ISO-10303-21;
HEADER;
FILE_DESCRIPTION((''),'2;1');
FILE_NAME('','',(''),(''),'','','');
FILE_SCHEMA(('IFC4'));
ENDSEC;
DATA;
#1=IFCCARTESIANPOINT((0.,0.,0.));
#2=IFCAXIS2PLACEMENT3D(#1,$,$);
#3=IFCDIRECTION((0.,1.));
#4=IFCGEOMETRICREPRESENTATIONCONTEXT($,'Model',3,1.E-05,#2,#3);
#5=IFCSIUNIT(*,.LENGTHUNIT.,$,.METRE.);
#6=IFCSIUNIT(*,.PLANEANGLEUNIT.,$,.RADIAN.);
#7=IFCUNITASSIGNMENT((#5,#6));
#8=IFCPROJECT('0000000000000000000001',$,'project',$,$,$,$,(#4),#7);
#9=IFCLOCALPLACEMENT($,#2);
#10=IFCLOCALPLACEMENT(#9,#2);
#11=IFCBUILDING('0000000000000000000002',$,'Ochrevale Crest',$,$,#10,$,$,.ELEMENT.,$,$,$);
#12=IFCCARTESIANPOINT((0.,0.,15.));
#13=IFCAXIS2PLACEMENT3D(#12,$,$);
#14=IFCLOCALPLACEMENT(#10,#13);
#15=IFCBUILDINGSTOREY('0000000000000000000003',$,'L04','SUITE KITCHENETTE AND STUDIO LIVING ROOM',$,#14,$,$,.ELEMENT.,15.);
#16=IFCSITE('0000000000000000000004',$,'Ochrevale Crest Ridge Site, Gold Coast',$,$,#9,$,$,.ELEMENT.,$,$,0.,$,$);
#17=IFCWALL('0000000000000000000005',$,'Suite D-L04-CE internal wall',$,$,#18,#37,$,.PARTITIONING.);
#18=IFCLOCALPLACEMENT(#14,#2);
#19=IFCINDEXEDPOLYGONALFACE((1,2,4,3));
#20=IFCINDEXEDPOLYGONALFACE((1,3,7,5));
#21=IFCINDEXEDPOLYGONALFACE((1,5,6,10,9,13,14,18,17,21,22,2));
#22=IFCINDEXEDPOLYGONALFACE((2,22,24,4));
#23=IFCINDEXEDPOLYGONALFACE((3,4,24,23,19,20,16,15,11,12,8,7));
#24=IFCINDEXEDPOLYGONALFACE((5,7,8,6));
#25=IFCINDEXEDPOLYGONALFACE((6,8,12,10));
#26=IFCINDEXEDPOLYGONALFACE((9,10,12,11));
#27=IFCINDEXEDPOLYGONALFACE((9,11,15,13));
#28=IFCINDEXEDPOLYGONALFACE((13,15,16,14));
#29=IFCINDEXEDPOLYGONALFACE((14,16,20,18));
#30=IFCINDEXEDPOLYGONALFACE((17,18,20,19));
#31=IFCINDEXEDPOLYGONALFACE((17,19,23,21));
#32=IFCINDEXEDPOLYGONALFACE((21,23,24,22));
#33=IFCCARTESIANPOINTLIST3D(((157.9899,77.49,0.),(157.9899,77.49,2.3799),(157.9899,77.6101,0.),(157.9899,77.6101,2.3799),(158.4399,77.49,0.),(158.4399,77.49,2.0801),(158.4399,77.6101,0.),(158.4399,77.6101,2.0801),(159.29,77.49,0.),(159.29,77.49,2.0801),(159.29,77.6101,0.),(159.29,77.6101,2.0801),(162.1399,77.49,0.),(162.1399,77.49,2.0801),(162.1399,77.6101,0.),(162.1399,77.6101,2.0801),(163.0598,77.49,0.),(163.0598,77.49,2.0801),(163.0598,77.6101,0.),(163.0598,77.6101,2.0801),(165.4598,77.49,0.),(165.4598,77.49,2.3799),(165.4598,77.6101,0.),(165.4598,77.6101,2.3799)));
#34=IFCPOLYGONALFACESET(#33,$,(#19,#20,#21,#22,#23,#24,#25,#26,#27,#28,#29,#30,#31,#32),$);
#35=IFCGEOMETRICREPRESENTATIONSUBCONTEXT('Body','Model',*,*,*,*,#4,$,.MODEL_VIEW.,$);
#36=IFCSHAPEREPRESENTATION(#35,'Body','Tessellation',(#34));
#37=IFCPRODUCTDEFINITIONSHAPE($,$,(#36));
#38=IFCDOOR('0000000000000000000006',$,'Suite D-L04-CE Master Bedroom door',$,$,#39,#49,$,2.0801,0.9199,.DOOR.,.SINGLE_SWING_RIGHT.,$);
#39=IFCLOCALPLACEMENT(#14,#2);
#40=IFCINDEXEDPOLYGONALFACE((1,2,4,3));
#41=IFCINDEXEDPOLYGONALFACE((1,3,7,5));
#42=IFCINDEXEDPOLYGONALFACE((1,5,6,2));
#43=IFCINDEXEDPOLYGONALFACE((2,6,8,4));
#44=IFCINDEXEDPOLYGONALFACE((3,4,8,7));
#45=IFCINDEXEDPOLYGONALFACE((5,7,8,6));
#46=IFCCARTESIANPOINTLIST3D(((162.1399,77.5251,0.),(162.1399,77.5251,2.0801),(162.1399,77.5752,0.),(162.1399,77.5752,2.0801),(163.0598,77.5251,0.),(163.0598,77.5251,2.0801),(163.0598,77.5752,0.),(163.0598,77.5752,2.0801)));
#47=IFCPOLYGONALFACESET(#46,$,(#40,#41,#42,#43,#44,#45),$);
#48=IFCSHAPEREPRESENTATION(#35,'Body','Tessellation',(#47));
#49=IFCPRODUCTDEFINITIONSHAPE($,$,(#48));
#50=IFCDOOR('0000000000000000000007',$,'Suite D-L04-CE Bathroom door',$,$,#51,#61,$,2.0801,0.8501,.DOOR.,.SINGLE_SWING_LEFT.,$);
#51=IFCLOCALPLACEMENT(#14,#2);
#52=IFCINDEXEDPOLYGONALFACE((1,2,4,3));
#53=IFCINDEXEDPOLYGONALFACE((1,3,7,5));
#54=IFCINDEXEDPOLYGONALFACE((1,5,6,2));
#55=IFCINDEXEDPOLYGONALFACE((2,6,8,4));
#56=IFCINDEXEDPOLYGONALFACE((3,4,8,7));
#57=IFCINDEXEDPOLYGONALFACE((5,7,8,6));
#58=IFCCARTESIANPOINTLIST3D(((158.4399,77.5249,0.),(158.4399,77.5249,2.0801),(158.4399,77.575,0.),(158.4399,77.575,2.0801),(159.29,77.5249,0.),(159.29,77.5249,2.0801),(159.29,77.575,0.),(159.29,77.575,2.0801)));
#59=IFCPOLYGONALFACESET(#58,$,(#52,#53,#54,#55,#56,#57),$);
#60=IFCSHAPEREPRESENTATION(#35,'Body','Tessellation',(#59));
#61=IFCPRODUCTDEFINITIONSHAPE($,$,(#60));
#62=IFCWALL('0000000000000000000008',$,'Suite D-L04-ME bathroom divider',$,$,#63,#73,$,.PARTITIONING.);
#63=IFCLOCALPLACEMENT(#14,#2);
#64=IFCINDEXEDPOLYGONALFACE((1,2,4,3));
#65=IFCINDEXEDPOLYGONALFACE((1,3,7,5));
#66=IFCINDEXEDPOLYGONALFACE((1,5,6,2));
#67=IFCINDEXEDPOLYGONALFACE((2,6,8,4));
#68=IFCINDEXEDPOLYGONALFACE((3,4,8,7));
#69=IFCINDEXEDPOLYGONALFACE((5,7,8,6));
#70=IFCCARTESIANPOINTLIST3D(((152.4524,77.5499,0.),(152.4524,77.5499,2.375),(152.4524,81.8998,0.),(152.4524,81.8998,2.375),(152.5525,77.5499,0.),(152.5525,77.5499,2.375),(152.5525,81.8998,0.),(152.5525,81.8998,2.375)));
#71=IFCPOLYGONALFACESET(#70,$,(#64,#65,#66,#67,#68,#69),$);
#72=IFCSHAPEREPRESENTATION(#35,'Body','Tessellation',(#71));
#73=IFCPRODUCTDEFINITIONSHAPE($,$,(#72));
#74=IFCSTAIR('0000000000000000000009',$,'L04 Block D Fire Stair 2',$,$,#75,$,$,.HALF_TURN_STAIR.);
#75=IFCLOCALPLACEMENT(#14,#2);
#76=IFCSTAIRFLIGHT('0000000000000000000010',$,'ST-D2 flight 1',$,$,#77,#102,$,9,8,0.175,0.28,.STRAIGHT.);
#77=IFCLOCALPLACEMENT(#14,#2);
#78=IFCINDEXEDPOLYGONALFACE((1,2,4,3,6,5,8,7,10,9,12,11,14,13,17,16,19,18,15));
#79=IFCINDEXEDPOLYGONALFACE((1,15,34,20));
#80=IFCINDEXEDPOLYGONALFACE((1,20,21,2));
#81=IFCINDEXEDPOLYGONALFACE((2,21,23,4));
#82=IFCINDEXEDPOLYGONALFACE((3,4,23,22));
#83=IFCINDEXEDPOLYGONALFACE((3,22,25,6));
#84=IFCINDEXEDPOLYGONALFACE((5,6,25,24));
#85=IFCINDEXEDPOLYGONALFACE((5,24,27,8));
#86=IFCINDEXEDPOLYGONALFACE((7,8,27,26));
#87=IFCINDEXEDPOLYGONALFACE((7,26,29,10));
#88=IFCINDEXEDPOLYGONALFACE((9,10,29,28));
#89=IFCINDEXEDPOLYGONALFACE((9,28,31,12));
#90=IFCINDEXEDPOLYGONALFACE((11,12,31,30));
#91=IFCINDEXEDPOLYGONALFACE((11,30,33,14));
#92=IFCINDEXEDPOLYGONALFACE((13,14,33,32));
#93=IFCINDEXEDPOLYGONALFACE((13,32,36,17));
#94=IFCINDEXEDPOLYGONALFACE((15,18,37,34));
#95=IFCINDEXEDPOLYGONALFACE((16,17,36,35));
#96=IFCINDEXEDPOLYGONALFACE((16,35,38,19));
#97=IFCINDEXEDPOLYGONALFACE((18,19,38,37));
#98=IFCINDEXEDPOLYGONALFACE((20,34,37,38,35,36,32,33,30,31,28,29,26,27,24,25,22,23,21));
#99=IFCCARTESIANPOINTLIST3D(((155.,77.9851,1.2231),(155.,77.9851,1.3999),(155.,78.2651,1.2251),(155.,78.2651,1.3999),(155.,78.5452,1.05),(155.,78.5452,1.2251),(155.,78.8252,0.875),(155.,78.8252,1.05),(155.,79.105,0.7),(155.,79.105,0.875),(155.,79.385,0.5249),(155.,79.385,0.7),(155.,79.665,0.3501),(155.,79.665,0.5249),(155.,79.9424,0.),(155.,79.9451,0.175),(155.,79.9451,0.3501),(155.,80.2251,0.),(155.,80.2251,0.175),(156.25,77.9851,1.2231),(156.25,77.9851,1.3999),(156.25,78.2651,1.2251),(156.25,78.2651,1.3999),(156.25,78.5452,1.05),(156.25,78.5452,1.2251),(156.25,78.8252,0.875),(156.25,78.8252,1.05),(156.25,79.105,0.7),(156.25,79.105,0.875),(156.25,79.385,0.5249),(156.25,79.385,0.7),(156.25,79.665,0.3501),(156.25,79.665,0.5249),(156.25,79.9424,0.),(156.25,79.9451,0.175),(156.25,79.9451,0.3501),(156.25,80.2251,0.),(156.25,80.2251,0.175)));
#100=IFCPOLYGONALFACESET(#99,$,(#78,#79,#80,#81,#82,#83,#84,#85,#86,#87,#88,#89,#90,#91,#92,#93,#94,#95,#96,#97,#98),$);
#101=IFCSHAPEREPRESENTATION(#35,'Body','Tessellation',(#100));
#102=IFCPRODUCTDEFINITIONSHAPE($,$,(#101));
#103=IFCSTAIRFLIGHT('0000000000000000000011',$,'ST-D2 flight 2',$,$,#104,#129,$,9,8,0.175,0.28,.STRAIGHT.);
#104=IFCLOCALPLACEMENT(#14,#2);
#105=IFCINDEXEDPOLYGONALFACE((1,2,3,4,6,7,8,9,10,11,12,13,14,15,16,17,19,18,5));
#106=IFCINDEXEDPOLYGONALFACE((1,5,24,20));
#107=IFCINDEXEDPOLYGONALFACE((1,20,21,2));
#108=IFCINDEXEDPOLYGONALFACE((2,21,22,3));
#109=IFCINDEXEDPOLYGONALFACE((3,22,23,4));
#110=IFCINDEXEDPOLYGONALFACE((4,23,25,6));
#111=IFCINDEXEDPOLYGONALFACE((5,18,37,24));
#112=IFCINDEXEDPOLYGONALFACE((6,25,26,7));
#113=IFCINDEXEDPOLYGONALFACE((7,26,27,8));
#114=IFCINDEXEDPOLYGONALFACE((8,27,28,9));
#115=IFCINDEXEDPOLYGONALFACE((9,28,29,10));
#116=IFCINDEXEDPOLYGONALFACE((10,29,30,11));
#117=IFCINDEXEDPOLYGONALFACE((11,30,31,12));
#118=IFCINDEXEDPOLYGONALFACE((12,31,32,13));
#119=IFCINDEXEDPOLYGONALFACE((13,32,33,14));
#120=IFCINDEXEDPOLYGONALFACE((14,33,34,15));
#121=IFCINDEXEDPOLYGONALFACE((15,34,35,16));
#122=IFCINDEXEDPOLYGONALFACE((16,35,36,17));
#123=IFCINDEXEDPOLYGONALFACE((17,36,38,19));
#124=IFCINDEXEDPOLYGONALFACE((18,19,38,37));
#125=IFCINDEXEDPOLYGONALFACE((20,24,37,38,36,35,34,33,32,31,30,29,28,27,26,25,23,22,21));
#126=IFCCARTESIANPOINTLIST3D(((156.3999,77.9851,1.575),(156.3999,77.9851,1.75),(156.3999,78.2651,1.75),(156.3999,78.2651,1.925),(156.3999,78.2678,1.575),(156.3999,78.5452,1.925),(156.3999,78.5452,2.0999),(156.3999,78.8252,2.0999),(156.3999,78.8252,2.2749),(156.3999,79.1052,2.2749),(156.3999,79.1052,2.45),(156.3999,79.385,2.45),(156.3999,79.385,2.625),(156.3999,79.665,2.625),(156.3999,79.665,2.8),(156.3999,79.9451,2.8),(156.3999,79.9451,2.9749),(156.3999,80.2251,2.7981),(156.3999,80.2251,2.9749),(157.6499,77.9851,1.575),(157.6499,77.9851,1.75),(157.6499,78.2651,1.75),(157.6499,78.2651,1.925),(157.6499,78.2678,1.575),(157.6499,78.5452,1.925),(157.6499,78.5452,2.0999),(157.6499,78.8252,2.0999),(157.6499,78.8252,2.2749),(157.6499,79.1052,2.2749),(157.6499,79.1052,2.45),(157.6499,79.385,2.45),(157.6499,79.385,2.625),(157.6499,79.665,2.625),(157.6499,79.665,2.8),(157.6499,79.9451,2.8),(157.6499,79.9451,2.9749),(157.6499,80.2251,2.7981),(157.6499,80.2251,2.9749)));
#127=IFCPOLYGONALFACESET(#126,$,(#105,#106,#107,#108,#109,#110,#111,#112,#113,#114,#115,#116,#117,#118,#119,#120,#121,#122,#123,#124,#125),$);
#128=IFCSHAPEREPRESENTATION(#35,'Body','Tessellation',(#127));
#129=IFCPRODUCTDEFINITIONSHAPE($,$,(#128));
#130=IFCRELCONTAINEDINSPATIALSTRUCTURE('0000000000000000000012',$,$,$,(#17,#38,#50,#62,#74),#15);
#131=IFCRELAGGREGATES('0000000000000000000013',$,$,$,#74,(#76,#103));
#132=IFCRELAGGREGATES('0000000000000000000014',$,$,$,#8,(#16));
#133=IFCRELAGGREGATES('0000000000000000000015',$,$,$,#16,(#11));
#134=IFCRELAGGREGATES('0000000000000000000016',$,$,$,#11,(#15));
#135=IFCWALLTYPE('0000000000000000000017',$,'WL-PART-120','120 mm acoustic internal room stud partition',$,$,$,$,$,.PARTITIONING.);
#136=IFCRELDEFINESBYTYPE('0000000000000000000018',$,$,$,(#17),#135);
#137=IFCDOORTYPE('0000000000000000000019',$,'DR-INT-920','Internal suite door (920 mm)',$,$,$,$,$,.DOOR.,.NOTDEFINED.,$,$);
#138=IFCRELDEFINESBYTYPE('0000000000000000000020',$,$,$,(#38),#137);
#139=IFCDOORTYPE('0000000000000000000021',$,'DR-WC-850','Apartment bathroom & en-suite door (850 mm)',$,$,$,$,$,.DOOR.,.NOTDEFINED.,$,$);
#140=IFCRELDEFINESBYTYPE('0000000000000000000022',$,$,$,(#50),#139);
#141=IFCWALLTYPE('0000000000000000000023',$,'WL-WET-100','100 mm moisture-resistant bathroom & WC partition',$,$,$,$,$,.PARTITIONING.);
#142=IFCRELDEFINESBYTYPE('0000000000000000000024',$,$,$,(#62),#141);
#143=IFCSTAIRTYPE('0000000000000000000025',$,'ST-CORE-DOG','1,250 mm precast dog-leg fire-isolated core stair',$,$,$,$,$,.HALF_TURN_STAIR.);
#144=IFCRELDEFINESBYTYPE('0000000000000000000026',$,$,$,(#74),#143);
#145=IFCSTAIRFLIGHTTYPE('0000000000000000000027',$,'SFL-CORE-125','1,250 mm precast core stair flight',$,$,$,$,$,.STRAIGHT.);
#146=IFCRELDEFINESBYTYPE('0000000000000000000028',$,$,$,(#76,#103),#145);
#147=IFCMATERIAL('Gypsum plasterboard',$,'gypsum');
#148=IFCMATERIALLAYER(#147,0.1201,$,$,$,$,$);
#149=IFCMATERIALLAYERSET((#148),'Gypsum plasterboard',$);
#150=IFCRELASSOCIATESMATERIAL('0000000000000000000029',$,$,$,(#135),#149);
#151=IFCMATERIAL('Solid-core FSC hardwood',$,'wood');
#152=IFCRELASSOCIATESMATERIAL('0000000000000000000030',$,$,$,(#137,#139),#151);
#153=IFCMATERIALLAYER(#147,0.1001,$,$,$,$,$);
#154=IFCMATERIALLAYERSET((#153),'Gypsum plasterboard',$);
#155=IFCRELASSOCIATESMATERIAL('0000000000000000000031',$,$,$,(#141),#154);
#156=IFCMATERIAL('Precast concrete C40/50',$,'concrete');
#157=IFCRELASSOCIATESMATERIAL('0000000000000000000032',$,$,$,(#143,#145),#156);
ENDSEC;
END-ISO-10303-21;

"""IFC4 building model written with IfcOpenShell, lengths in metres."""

from ifc_helpers import new_model, si_unit, direction, frame, frame_2d, origin, place, context, subcontext, project, spatial, polyline, rectangle, outline, extrude, material, layer, layer_set, type_object, element, fill, aggregate, save


model = new_model("IFC4")

# Units and contexts
model_context = context("Model", 3, precision=1e-05, world=origin(), true_north=direction((0.0, 1.0)))
body_context = subcontext(model_context, "Body", "Model", "MODEL_VIEW")
ifc_project = project(units=[si_unit("LENGTHUNIT", "METRE"), si_unit("PLANEANGLEUNIT", "RADIAN")], contexts=[model_context])

# Site, building, storey
site_placement = place(None, origin())
site = spatial("IfcSite", under=ifc_project, at=site_placement, Name="Ochrevale Crest Ridge Site, Gold Coast", CompositionType="ELEMENT", RefElevation=0.0)
building_placement = place(site_placement, origin())
building = spatial("IfcBuilding", under=site, at=building_placement, Name="Ochrevale Crest", CompositionType="ELEMENT")
storey_placement = place(building_placement, frame((0.0, 0.0, 15.0)))
storey = spatial("IfcBuildingStorey", under=building, at=storey_placement, Name="L04", Description="SUITE KITCHENETTE AND STUDIO LIVING ROOM", CompositionType="ELEMENT", Elevation=15.0)

# Shared definitions
ifc_material_1 = material(Name="Precast concrete C40/50", Category="concrete")

# Wall, openings, doors
ifc_material_2 = material(Name="Gypsum plasterboard", Category="gypsum")
ifc_layer_1 = layer(ifc_material_2, 0.1201)
ifc_layer_set_1 = layer_set([ifc_layer_1], Name="Gypsum plasterboard")
wall_type_1 = type_object("IfcWallType", Name="WL-PART-120", Description="120 mm acoustic internal room stud partition", PredefinedType="PARTITIONING", material=ifc_layer_set_1)
wall_1_placement = place(storey_placement, frame((157.99, 77.55, 0.0), z_axis=(0.0, 0.0, 1.0), x_axis=(1.0, 0.0, 0.0)))
wall_1 = element("IfcWall", 1, at=wall_1_placement, inside=storey, type_object=wall_type_1, Name="Suite D-L04-CE internal wall", PredefinedType="PARTITIONING", context=body_context, shape_type="SweptSolid", body=[
    extrude(rectangle(XDim=7.47, YDim=0.1201, at=frame_2d((3.7349, 0.0))), origin(), (0.0, 0.0, 1.0), 2.3799),
])
opening_1_placement = place(wall_1_placement, frame((0.45, 0.0, 0.0)))
opening_1 = element("IfcOpeningElement", 2, at=opening_1_placement, cuts=wall_1, PredefinedType="OPENING", context=body_context, shape_type="SweptSolid", body=[
    extrude(rectangle(XDim=0.8501, YDim=2.0801, at=frame_2d((0.425, 1.04))), frame((0.0, 0.0701, 0.0), z_axis=(0.0, -1.0, 0.0), x_axis=(1.0, 0.0, 0.0)), (0.0, 0.0, 1.0), 0.1401),
])
opening_2_placement = place(wall_1_placement, frame((5.0698, 0.0, 0.0), z_axis=(0.0, 0.0, 1.0), x_axis=(-1.0, 0.0, 0.0)))
opening_2 = element("IfcOpeningElement", 3, at=opening_2_placement, cuts=wall_1, PredefinedType="OPENING", context=body_context, shape_type="SweptSolid", body=[
    extrude(rectangle(XDim=0.9199, YDim=2.0801, at=frame_2d((0.46, 1.04))), frame((0.0, 0.0701, 0.0), z_axis=(0.0, -1.0, 0.0), x_axis=(1.0, 0.0, 0.0)), (0.0, 0.0, 1.0), 0.1401),
])
ifc_material_3 = material(Name="Solid-core FSC hardwood", Category="wood")
door_type_1 = type_object("IfcDoorType", Name="DR-INT-920", Description="Internal suite door (920 mm)", OperationType="NOTDEFINED", PredefinedType="DOOR", material=ifc_material_3)
door_1_placement = place(opening_2_placement, origin())
door_1 = element("IfcDoor", 4, at=door_1_placement, inside=storey, type_object=door_type_1, Name="Suite D-L04-CE Master Bedroom door", OperationType="SINGLE_SWING_RIGHT", OverallHeight=2.0801, OverallWidth=0.9199, PredefinedType="DOOR", context=body_context, shape_type="SweptSolid", body=[
    extrude(rectangle(XDim=0.9199, YDim=2.0801, at=frame_2d((0.46, 1.04))), frame((0.0, 0.0249, 0.0), z_axis=(0.0, -1.0, 0.0), x_axis=(1.0, 0.0, 0.0)), (0.0, 0.0, 1.0), 0.05),
])
fill(opening_2, door_1)
door_type_2 = type_object("IfcDoorType", Name="DR-WC-850", Description="Apartment bathroom & en-suite door (850 mm)", OperationType="NOTDEFINED", PredefinedType="DOOR", material=ifc_material_3)
door_2_placement = place(opening_1_placement, origin())
door_2 = element("IfcDoor", 5, at=door_2_placement, inside=storey, type_object=door_type_2, Name="Suite D-L04-CE Bathroom door", OperationType="SINGLE_SWING_LEFT", OverallHeight=2.0801, OverallWidth=0.8501, PredefinedType="DOOR", context=body_context, shape_type="SweptSolid", body=[
    extrude(rectangle(XDim=0.8501, YDim=2.0801, at=frame_2d((0.425, 1.04))), frame((0.0, 0.0249, 0.0), z_axis=(0.0, -1.0, 0.0), x_axis=(1.0, 0.0, 0.0)), (0.0, 0.0, 1.0), 0.05),
])
fill(opening_1, door_2)

# Wall
ifc_layer_2 = layer(ifc_material_2, 0.1001)
ifc_layer_set_2 = layer_set([ifc_layer_2], Name="Gypsum plasterboard")
wall_type_2 = type_object("IfcWallType", Name="WL-WET-100", Description="100 mm moisture-resistant bathroom & WC partition", PredefinedType="PARTITIONING", material=ifc_layer_set_2)
wall_2_placement = place(storey_placement, frame((152.5024, 77.55, 0.0), z_axis=(0.0, 0.0, 1.0), x_axis=(0.0, 1.0, 0.0)))
element("IfcWall", 6, at=wall_2_placement, inside=storey, type_object=wall_type_2, Name="Suite D-L04-ME bathroom divider", PredefinedType="PARTITIONING", context=body_context, shape_type="SweptSolid", body=[
    extrude(rectangle(XDim=4.3499, YDim=0.1001, at=frame_2d((2.1748, 0.0))), origin(), (0.0, 0.0, 1.0), 2.375),
])

# Stair, stair flights
stair_type = type_object("IfcStairType", Name="ST-CORE-DOG", Description="1,250 mm precast dog-leg fire-isolated core stair", PredefinedType="HALF_TURN_STAIR", material=ifc_material_1)
stair_placement = place(storey_placement, origin())
stair = element("IfcStair", 7, at=stair_placement, inside=storey, type_object=stair_type, Name="L04 Block D Fire Stair 2", PredefinedType="HALF_TURN_STAIR")
stair_flight_type = type_object("IfcStairFlightType", Name="SFL-CORE-125", Description="1,250 mm precast core stair flight", PredefinedType="STRAIGHT", material=ifc_material_1)
stair_flight_1_placement = place(storey_placement, frame((155.625, 80.2251, 0.0), z_axis=(0.0, 0.0, 1.0), x_axis=(0.0, -1.0, 0.0)))
stair_flight_1 = element("IfcStairFlight", 8, at=stair_flight_1_placement, type_object=stair_flight_type, Name="ST-D2 flight 1", NumberOfRisers=9, NumberOfTreads=8, PredefinedType="STRAIGHT", RiserHeight=0.175, TreadLength=0.28, context=body_context, shape_type="SweptSolid", body=[
    extrude(outline(polyline([(0.0, 0.0), (0.0, 0.175), (0.28, 0.175), (0.28, 0.3501), (0.5601, 0.3501), (0.5601, 0.5249), (0.8401, 0.5249), (0.8401, 0.7), (1.1201, 0.7), (1.1201, 0.875), (1.3999, 0.875), (1.3999, 1.05), (1.6799, 1.05), (1.6799, 1.2251), (1.96, 1.2251), (1.96, 1.3999), (2.24, 1.3999), (2.24, 1.575), (2.24, 1.2231), (0.2827, 0.0), (0.0, 0.0)])), frame((0.0, 0.625, 0.0), z_axis=(0.0, -1.0, 0.0), x_axis=(1.0, 0.0, 0.0)), (0.0, 0.0, 1.0), 1.25),
])
stair_flight_2_placement = place(storey_placement, frame((157.0249, 77.9851, 1.575), z_axis=(0.0, 0.0, 1.0), x_axis=(0.0, 1.0, 0.0)))
stair_flight_2 = element("IfcStairFlight", 9, at=stair_flight_2_placement, type_object=stair_flight_type, Name="ST-D2 flight 2", NumberOfRisers=9, NumberOfTreads=8, PredefinedType="STRAIGHT", RiserHeight=0.175, TreadLength=0.28, context=body_context, shape_type="SweptSolid", body=[
    extrude(outline(polyline([(0.0, 0.0), (0.0, 0.175), (0.28, 0.175), (0.28, 0.3501), (0.5601, 0.3501), (0.5601, 0.5249), (0.8401, 0.5249), (0.8401, 0.7), (1.1201, 0.7), (1.1201, 0.875), (1.3999, 0.875), (1.3999, 1.05), (1.6799, 1.05), (1.6799, 1.2251), (1.96, 1.2251), (1.96, 1.3999), (2.24, 1.3999), (2.24, 1.575), (2.24, 1.2231), (0.2827, 0.0), (0.0, 0.0)])), frame((0.0, 0.625, 0.0), z_axis=(0.0, -1.0, 0.0), x_axis=(1.0, 0.0, 0.0)), (0.0, 0.0, 1.0), 1.25),
])
aggregate(stair, [stair_flight_1, stair_flight_2])

save(model, "model.ifc")
